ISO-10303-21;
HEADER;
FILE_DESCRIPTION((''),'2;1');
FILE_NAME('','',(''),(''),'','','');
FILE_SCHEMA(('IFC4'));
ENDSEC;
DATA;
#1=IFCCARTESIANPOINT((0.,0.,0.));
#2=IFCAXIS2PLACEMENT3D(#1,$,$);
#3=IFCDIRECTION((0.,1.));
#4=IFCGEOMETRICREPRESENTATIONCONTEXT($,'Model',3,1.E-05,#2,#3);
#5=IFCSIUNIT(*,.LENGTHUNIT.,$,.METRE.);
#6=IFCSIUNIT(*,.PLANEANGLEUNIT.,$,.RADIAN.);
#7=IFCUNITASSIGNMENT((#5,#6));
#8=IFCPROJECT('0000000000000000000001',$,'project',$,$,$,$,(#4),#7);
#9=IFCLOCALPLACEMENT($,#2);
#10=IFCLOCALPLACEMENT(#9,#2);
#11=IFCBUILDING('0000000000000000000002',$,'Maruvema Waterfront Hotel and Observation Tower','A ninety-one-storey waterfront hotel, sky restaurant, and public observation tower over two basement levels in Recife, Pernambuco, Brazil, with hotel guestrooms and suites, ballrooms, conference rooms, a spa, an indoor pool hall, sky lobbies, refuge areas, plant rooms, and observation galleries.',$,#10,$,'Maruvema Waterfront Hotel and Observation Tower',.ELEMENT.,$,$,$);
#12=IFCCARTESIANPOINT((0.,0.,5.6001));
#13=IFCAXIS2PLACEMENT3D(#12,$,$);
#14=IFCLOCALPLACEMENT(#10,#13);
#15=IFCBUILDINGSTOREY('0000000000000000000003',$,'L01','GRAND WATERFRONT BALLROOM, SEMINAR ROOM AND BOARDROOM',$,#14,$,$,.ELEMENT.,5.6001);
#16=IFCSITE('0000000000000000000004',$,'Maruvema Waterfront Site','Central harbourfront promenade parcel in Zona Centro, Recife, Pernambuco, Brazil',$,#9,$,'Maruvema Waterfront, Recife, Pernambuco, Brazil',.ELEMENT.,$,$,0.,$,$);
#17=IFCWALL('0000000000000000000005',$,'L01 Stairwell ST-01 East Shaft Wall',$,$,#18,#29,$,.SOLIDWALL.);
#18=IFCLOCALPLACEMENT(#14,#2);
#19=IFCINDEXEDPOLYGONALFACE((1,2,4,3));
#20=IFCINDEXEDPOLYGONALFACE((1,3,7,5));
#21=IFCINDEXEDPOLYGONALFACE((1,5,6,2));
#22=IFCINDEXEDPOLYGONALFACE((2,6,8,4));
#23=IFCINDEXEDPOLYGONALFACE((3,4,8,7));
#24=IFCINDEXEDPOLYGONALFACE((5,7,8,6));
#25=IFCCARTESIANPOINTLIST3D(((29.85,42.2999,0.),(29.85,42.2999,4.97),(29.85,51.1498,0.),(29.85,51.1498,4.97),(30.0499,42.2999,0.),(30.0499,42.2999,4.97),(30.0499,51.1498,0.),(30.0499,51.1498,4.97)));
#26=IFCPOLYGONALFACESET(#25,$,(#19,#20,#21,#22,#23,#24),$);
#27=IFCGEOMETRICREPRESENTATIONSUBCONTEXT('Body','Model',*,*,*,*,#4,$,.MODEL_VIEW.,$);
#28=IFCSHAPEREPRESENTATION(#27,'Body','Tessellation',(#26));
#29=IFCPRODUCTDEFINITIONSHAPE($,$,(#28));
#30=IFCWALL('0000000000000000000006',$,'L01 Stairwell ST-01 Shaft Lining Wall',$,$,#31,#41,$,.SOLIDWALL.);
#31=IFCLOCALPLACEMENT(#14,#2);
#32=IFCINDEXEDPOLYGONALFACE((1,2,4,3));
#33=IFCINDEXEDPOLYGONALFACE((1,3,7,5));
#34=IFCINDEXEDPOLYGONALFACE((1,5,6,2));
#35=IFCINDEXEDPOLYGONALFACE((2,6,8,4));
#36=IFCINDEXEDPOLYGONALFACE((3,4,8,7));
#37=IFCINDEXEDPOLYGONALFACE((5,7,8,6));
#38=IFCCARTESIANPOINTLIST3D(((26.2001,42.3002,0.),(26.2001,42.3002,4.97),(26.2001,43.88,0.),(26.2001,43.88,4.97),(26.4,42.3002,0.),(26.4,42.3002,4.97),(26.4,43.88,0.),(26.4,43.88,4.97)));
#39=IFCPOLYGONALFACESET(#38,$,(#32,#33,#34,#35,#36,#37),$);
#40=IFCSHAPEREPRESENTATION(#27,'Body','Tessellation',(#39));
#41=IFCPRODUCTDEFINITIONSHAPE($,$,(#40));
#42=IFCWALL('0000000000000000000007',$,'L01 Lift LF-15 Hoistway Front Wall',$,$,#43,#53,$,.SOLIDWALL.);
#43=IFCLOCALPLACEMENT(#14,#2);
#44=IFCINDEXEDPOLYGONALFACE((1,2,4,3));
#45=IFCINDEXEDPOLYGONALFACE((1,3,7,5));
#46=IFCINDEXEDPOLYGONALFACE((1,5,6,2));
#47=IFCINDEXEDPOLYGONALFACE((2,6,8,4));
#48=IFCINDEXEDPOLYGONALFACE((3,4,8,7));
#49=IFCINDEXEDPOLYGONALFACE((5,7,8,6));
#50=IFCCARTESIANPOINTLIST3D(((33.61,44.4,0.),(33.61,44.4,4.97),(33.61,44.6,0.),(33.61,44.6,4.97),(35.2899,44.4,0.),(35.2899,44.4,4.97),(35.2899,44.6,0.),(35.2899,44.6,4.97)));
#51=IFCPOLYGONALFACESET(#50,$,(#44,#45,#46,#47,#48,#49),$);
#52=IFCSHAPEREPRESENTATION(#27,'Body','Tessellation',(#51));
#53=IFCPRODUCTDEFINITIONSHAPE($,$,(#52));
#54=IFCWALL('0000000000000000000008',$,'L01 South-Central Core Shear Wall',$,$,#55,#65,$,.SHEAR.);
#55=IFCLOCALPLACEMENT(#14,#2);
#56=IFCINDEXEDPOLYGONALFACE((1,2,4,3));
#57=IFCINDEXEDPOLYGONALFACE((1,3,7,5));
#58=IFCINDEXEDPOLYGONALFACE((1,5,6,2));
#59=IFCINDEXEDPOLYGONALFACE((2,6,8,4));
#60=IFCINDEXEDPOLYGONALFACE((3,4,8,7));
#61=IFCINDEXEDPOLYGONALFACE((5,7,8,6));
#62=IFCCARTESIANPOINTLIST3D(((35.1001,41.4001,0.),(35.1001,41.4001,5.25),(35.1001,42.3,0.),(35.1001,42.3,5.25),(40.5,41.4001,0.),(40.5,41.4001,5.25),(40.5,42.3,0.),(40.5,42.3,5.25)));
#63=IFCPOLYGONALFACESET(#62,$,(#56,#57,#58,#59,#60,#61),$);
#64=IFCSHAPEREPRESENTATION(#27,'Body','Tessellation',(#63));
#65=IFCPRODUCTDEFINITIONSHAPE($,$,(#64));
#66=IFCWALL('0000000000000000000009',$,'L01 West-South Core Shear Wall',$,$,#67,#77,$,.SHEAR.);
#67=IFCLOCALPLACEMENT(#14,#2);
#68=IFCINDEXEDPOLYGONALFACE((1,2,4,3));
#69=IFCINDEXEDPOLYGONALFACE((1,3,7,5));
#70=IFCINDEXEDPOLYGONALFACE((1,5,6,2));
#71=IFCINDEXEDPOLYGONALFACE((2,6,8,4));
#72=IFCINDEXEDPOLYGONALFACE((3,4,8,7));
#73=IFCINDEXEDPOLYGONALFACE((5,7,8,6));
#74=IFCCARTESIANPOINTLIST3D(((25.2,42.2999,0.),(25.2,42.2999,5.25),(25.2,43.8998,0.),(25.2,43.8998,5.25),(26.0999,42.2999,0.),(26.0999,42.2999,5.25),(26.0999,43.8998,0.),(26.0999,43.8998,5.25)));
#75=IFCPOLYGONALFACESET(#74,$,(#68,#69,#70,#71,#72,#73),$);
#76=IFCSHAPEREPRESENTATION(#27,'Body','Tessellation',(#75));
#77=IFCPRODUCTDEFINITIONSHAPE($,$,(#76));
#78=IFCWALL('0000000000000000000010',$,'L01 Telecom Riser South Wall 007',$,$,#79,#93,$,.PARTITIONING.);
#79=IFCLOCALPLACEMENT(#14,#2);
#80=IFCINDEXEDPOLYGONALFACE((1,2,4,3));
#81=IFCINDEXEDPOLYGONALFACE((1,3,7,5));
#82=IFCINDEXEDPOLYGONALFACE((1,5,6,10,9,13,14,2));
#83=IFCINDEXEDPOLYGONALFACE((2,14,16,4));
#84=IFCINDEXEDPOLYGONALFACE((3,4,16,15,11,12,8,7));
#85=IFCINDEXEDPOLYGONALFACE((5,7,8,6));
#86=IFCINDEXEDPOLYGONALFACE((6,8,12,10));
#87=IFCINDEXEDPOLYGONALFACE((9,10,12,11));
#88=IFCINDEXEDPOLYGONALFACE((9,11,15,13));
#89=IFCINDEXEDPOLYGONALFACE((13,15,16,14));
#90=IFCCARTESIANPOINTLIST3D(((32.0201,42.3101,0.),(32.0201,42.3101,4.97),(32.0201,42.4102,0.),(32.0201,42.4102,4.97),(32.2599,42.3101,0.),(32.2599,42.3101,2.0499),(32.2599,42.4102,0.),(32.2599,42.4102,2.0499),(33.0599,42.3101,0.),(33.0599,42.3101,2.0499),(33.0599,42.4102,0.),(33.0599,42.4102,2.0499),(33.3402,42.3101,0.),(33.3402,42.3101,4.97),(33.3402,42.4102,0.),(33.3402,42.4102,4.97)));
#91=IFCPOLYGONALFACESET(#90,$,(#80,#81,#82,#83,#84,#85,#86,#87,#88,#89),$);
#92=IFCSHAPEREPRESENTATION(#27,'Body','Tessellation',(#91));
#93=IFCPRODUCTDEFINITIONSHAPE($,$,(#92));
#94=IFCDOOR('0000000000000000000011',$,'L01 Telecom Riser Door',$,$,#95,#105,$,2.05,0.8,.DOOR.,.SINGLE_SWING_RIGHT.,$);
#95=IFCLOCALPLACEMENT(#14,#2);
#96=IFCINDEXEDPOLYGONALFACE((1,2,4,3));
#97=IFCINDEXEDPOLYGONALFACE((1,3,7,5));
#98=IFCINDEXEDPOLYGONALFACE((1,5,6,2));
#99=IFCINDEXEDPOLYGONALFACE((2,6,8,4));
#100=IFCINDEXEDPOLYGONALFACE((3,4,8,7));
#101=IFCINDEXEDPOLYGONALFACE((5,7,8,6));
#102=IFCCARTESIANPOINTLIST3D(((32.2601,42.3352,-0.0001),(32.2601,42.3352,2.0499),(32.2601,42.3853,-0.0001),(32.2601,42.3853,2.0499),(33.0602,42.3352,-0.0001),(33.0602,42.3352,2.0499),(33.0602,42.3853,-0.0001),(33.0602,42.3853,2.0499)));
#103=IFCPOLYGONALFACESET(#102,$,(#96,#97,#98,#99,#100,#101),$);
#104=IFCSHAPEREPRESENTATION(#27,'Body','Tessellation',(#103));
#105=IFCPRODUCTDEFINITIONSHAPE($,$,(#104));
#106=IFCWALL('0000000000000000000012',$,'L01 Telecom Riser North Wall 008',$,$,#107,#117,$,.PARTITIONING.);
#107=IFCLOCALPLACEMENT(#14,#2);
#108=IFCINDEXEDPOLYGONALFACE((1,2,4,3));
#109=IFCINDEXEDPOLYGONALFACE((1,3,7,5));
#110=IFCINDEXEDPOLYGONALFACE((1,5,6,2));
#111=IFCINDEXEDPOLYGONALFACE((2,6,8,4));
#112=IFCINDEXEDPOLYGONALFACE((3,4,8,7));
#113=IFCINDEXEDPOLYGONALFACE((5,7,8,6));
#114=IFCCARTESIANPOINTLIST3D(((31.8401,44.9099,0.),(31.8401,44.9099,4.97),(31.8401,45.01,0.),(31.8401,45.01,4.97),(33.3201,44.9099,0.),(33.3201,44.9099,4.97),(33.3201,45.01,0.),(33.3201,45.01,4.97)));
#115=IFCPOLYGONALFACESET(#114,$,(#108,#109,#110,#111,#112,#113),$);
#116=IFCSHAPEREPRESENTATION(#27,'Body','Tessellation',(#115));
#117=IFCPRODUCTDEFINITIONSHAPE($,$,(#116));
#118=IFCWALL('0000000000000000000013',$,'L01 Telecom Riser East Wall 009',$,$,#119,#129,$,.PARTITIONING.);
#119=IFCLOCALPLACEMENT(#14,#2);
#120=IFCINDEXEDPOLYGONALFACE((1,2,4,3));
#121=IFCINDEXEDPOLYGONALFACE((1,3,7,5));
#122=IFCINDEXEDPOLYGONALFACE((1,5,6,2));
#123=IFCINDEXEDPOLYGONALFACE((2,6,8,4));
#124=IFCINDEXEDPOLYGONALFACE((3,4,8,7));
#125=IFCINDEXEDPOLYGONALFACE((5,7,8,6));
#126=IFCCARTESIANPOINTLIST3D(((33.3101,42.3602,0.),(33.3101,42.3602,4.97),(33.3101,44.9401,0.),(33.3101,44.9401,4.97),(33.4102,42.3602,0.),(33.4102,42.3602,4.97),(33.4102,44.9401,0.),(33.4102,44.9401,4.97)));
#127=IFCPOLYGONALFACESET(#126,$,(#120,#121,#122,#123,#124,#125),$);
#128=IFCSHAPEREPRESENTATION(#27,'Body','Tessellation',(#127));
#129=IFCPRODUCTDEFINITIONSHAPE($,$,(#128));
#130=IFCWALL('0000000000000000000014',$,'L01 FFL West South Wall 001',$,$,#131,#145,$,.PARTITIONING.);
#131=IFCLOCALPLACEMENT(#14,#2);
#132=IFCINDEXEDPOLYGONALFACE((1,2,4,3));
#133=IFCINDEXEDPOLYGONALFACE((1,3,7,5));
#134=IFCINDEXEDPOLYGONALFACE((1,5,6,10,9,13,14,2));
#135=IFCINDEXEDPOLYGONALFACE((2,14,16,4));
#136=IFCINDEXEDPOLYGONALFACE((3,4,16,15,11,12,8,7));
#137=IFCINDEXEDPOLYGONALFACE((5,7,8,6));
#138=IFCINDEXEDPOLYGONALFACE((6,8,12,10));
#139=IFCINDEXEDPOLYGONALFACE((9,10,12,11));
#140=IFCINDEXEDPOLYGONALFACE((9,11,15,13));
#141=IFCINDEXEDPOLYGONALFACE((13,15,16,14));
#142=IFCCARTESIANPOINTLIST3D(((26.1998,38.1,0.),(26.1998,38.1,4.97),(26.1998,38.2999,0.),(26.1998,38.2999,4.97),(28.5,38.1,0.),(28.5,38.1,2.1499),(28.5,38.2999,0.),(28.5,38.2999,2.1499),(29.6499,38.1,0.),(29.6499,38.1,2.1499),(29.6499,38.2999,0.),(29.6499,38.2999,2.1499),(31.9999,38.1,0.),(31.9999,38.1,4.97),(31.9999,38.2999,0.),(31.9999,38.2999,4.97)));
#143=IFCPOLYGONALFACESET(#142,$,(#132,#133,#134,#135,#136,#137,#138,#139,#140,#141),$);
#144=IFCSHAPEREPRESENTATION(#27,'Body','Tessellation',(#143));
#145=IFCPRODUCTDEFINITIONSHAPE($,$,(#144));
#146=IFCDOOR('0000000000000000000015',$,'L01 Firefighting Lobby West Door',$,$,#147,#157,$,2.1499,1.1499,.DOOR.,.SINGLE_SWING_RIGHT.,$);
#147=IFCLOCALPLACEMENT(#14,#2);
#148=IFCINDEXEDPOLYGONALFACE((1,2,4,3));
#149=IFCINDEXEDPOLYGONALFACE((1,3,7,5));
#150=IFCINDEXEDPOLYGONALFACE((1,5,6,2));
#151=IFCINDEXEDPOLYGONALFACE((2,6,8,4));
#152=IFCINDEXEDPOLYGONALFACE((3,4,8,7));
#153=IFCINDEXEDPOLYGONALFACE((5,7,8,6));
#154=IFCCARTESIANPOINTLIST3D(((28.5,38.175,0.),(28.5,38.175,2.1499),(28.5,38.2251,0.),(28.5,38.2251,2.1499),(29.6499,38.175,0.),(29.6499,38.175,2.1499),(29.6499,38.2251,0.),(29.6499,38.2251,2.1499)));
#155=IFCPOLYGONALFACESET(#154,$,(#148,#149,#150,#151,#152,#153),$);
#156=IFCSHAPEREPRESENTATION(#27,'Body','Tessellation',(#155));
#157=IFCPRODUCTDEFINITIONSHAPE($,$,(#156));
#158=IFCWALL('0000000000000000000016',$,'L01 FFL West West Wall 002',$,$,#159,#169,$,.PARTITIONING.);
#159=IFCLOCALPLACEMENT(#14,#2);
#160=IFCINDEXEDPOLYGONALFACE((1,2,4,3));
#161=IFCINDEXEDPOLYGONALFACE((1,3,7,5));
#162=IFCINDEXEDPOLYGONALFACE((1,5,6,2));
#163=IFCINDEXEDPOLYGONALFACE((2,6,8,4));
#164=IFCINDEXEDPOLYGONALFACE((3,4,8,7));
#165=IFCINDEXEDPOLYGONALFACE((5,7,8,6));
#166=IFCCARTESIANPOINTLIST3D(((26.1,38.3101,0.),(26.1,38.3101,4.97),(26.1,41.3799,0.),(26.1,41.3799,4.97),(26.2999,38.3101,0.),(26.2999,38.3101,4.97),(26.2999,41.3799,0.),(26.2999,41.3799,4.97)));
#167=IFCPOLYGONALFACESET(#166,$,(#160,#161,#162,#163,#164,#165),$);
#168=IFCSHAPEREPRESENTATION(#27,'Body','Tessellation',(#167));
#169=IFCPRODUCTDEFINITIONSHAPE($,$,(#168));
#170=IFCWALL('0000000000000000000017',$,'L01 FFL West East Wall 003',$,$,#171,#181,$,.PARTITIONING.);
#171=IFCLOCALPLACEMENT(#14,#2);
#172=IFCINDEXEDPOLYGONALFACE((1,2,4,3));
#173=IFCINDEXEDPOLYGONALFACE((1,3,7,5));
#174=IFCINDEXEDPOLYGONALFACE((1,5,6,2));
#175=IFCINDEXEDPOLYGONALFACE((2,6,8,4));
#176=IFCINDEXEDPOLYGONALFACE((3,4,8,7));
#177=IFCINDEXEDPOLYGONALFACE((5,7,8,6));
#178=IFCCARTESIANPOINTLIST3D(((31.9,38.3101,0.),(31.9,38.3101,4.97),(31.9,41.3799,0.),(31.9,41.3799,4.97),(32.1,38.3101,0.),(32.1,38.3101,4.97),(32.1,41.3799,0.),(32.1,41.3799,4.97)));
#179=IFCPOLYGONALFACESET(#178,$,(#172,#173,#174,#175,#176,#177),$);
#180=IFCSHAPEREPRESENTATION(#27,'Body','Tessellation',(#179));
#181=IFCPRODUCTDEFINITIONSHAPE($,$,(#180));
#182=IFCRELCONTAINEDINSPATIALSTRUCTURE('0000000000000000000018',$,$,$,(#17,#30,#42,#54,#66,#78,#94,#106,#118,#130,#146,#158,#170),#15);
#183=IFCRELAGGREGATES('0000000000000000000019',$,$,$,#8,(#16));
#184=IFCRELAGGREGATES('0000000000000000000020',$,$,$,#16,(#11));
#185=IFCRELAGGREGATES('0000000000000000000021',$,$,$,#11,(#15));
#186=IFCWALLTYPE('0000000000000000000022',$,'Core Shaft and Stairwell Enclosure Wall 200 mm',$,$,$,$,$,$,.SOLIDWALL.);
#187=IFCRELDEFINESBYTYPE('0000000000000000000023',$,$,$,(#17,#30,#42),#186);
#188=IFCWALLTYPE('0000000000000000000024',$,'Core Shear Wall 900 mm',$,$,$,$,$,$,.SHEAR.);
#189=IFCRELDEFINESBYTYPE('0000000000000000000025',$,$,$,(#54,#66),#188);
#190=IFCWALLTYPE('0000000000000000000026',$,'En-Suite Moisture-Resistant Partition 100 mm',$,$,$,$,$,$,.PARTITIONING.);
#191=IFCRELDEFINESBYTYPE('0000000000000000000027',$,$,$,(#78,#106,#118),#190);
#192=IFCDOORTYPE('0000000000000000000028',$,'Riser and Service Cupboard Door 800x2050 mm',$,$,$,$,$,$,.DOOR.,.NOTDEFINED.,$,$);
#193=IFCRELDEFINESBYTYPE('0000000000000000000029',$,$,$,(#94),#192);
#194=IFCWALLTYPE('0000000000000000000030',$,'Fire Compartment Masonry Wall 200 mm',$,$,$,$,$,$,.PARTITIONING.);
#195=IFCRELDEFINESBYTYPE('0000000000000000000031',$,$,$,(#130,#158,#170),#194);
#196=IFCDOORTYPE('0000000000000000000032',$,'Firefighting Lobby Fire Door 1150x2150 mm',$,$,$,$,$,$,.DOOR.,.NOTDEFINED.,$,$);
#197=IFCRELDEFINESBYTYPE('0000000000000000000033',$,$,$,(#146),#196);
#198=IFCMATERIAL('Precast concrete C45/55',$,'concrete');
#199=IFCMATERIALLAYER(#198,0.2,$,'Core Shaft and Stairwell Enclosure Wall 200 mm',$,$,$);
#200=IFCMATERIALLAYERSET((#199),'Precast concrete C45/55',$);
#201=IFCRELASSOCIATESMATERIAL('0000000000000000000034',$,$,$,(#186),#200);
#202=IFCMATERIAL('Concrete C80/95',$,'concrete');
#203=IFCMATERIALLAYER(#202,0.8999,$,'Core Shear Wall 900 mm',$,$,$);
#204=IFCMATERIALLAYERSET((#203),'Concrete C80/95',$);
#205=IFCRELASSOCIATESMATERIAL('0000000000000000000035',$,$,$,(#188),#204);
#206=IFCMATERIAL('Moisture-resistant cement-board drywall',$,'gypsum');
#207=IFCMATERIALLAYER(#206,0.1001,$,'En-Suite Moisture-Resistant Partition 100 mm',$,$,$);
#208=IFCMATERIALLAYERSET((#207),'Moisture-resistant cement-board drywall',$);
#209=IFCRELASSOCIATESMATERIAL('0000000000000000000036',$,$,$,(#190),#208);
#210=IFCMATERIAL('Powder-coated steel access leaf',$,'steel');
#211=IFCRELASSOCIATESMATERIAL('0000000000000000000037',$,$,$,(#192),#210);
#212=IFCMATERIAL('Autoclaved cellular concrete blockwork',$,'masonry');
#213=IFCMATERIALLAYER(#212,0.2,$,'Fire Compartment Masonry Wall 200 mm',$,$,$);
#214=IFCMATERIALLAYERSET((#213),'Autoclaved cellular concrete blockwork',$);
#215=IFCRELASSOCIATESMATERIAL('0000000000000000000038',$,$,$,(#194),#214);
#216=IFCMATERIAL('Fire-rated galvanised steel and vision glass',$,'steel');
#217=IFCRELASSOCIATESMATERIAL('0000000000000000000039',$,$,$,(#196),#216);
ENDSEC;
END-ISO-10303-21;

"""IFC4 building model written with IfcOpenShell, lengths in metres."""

from ifc_helpers import new_model, si_unit, direction, frame, frame_2d, origin, place, context, subcontext, project, spatial, rectangle, extrude, material, layer, layer_set, type_object, element, fill, save


model = new_model("IFC4")

# Units and contexts
model_context = context("Model", 3, precision=1e-05, world=origin(), true_north=direction((0.0, 1.0)))
body_context = subcontext(model_context, "Body", "Model", "MODEL_VIEW")
ifc_project = project(units=[si_unit("LENGTHUNIT", "METRE"), si_unit("PLANEANGLEUNIT", "RADIAN")], contexts=[model_context])

# Site, building, storey
site_placement = place(None, origin())
site = spatial("IfcSite", under=ifc_project, at=site_placement, Name="Maruvema Waterfront Site", Description="Central harbourfront promenade parcel in Zona Centro, Recife, Pernambuco, Brazil", LongName="Maruvema Waterfront, Recife, Pernambuco, Brazil", CompositionType="ELEMENT", RefElevation=0.0)
building_placement = place(site_placement, origin())
building = spatial("IfcBuilding", under=site, at=building_placement, Name="Maruvema Waterfront Hotel and Observation Tower", Description="A ninety-one-storey waterfront hotel, sky restaurant, and public observation tower over two basement levels in Recife, Pernambuco, Brazil, with hotel guestrooms and suites, ballrooms, conference rooms, a spa, an indoor pool hall, sky lobbies, refuge areas, plant rooms, and observation galleries.", LongName="Maruvema Waterfront Hotel and Observation Tower", CompositionType="ELEMENT")
storey_placement = place(building_placement, frame((0.0, 0.0, 5.6001)))
storey = spatial("IfcBuildingStorey", under=building, at=storey_placement, Name="L01", Description="GRAND WATERFRONT BALLROOM, SEMINAR ROOM AND BOARDROOM", CompositionType="ELEMENT", Elevation=5.6001)

# Walls
ifc_material_1 = material(Name="Precast concrete C45/55", Category="concrete")
ifc_layer_1 = layer(ifc_material_1, 0.2, Name="Core Shaft and Stairwell Enclosure Wall 200 mm")
ifc_layer_set_1 = layer_set([ifc_layer_1], Name="Precast concrete C45/55")
wall_type_1 = type_object("IfcWallType", Name="Core Shaft and Stairwell Enclosure Wall 200 mm", PredefinedType="SOLIDWALL", material=ifc_layer_set_1)
wall_1_placement = place(storey_placement, frame((29.95, 42.3, 0.0), z_axis=(0.0, 0.0, 1.0), x_axis=(0.0, 1.0, 0.0)))
element("IfcWall", 1, at=wall_1_placement, inside=storey, type_object=wall_type_1, Name="L01 Stairwell ST-01 East Shaft Wall", PredefinedType="SOLIDWALL", context=body_context, shape_type="SweptSolid", body=[
    extrude(rectangle(XDim=8.8499, YDim=0.2, at=frame_2d((4.4248, 0.0))), origin(), (0.0, 0.0, 1.0), 4.97),
])
wall_2_placement = place(storey_placement, frame((26.3, 42.3, 0.0), z_axis=(0.0, 0.0, 1.0), x_axis=(0.0, 1.0, 0.0)))
element("IfcWall", 2, at=wall_2_placement, inside=storey, type_object=wall_type_1, Name="L01 Stairwell ST-01 Shaft Lining Wall", PredefinedType="SOLIDWALL", context=body_context, shape_type="SweptSolid", body=[
    extrude(rectangle(XDim=1.5798, YDim=0.2, at=frame_2d((0.79, 0.0))), origin(), (0.0, 0.0, 1.0), 4.97),
])
wall_3_placement = place(storey_placement, frame((33.6101, 44.5, 0.0), z_axis=(0.0, 0.0, 1.0), x_axis=(1.0, 0.0, 0.0)))
element("IfcWall", 3, at=wall_3_placement, inside=storey, type_object=wall_type_1, Name="L01 Lift LF-15 Hoistway Front Wall", PredefinedType="SOLIDWALL", context=body_context, shape_type="SweptSolid", body=[
    extrude(rectangle(XDim=1.6799, YDim=0.2, at=frame_2d((0.8398, 0.0))), origin(), (0.0, 0.0, 1.0), 4.97),
])

# Shared definitions
ifc_material_2 = material(Name="Concrete C80/95", Category="concrete")
ifc_layer_2 = layer(ifc_material_2, 0.8999, Name="Core Shear Wall 900 mm")
ifc_layer_set_2 = layer_set([ifc_layer_2], Name="Concrete C80/95")
wall_type_2 = type_object("IfcWallType", Name="Core Shear Wall 900 mm", PredefinedType="SHEAR", material=ifc_layer_set_2)

# Walls
wall_4_placement = place(storey_placement, frame((35.1001, 41.8501, 0.0), z_axis=(0.0, 0.0, 1.0), x_axis=(1.0, 0.0, 0.0)))
element("IfcWall", 4, at=wall_4_placement, inside=storey, type_object=wall_type_2, Name="L01 South-Central Core Shear Wall", PredefinedType="SHEAR", context=body_context, shape_type="SweptSolid", body=[
    extrude(rectangle(XDim=5.3999, YDim=0.8999, at=frame_2d((2.7, 0.0))), origin(), (0.0, 0.0, 1.0), 5.25),
])
wall_5_placement = place(storey_placement, frame((25.6499, 42.3, 0.0), z_axis=(0.0, 0.0, 1.0), x_axis=(0.0, 1.0, 0.0)))
element("IfcWall", 5, at=wall_5_placement, inside=storey, type_object=wall_type_2, Name="L01 West-South Core Shear Wall", PredefinedType="SHEAR", context=body_context, shape_type="SweptSolid", body=[
    extrude(rectangle(XDim=1.5999, YDim=0.8999, at=frame_2d((0.7998, 0.0))), origin(), (0.0, 0.0, 1.0), 5.25),
])

# Wall, opening, door
ifc_material_3 = material(Name="Moisture-resistant cement-board drywall", Category="gypsum")
ifc_layer_3 = layer(ifc_material_3, 0.1001, Name="En-Suite Moisture-Resistant Partition 100 mm")
ifc_layer_set_3 = layer_set([ifc_layer_3], Name="Moisture-resistant cement-board drywall")
wall_type_3 = type_object("IfcWallType", Name="En-Suite Moisture-Resistant Partition 100 mm", PredefinedType="PARTITIONING", material=ifc_layer_set_3)
wall_6_placement = place(storey_placement, frame((32.02, 42.3601, 0.0), z_axis=(0.0, 0.0, 1.0), x_axis=(1.0, 0.0, 0.0)))
wall_6 = element("IfcWall", 6, at=wall_6_placement, inside=storey, type_object=wall_type_3, Name="L01 Telecom Riser South Wall 007", PredefinedType="PARTITIONING", context=body_context, shape_type="SweptSolid", body=[
    extrude(rectangle(XDim=1.3201, YDim=0.1001, at=frame_2d((0.6602, 0.0))), origin(), (0.0, 0.0, 1.0), 4.97),
])
opening_1_placement = place(wall_6_placement, frame((0.24, 0.0, 0.0)))
opening_1 = element("IfcOpeningElement", 7, at=opening_1_placement, cuts=wall_6, PredefinedType="OPENING", context=body_context, shape_type="SweptSolid", body=[
    extrude(rectangle(XDim=0.8, YDim=2.05, at=frame_2d((0.3999, 1.0249))), frame((0.0, 0.0601, 0.0), z_axis=(0.0, -1.0, 0.0), x_axis=(1.0, 0.0, 0.0)), (0.0, 0.0, 1.0), 0.1201),
])
ifc_material_4 = material(Name="Powder-coated steel access leaf", Category="steel")
door_type_1 = type_object("IfcDoorType", Name="Riser and Service Cupboard Door 800x2050 mm", OperationType="NOTDEFINED", PredefinedType="DOOR", material=ifc_material_4)
door_1_placement = place(opening_1_placement, frame((0.8, 0.0, 0.0), z_axis=(0.0, 0.0, 1.0), x_axis=(-1.0, 0.0, 0.0)))
door_1 = element("IfcDoor", 8, at=door_1_placement, inside=storey, type_object=door_type_1, Name="L01 Telecom Riser Door", OperationType="SINGLE_SWING_RIGHT", OverallHeight=2.05, OverallWidth=0.8, PredefinedType="DOOR", context=body_context, shape_type="SweptSolid", body=[
    extrude(rectangle(XDim=0.8, YDim=2.05, at=frame_2d((0.3999, 1.0249))), frame((0.0, 0.0249, 0.0), z_axis=(0.0, -1.0, 0.0), x_axis=(1.0, 0.0, 0.0)), (0.0, 0.0, 1.0), 0.05),
])
fill(opening_1, door_1)

# Walls
wall_7_placement = place(storey_placement, frame((31.8401, 44.96, 0.0), z_axis=(0.0, 0.0, 1.0), x_axis=(1.0, 0.0, 0.0)))
element("IfcWall", 9, at=wall_7_placement, inside=storey, type_object=wall_type_3, Name="L01 Telecom Riser North Wall 008", PredefinedType="PARTITIONING", context=body_context, shape_type="SweptSolid", body=[
    extrude(rectangle(XDim=1.48, YDim=0.1001, at=frame_2d((0.74, 0.0))), origin(), (0.0, 0.0, 1.0), 4.97),
])
wall_8_placement = place(storey_placement, frame((33.3601, 42.3601, 0.0), z_axis=(0.0, 0.0, 1.0), x_axis=(0.0, 1.0, 0.0)))
element("IfcWall", 10, at=wall_8_placement, inside=storey, type_object=wall_type_3, Name="L01 Telecom Riser East Wall 009", PredefinedType="PARTITIONING", context=body_context, shape_type="SweptSolid", body=[
    extrude(rectangle(XDim=2.5798, YDim=0.1001, at=frame_2d((1.29, 0.0))), origin(), (0.0, 0.0, 1.0), 4.97),
])

# Wall, opening, door
ifc_material_5 = material(Name="Autoclaved cellular concrete blockwork", Category="masonry")
ifc_layer_4 = layer(ifc_material_5, 0.2, Name="Fire Compartment Masonry Wall 200 mm")
ifc_layer_set_4 = layer_set([ifc_layer_4], Name="Autoclaved cellular concrete blockwork")
wall_type_4 = type_object("IfcWallType", Name="Fire Compartment Masonry Wall 200 mm", PredefinedType="PARTITIONING", material=ifc_layer_set_4)
wall_9_placement = place(storey_placement, frame((26.2, 38.2, 0.0), z_axis=(0.0, 0.0, 1.0), x_axis=(1.0, 0.0, 0.0)))
wall_9 = element("IfcWall", 11, at=wall_9_placement, inside=storey, type_object=wall_type_4, Name="L01 FFL West South Wall 001", PredefinedType="PARTITIONING", context=body_context, shape_type="SweptSolid", body=[
    extrude(rectangle(XDim=5.8, YDim=0.2, at=frame_2d((2.8999, 0.0))), origin(), (0.0, 0.0, 1.0), 4.97),
])
opening_2_placement = place(wall_9_placement, frame((2.3, 0.0, 0.0)))
opening_2 = element("IfcOpeningElement", 12, at=opening_2_placement, cuts=wall_9, PredefinedType="OPENING", context=body_context, shape_type="SweptSolid", body=[
    extrude(rectangle(XDim=1.1499, YDim=2.1499, at=frame_2d((0.575, 1.075))), frame((0.0, 0.1099, 0.0), z_axis=(0.0, -1.0, 0.0), x_axis=(1.0, 0.0, 0.0)), (0.0, 0.0, 1.0), 0.22),
])
ifc_material_6 = material(Name="Fire-rated galvanised steel and vision glass", Category="steel")
door_type_2 = type_object("IfcDoorType", Name="Firefighting Lobby Fire Door 1150x2150 mm", OperationType="NOTDEFINED", PredefinedType="DOOR", material=ifc_material_6)
door_2_placement = place(opening_2_placement, frame((1.1499, 0.0, 0.0), z_axis=(0.0, 0.0, 1.0), x_axis=(-1.0, 0.0, 0.0)))
door_2 = element("IfcDoor", 13, at=door_2_placement, inside=storey, type_object=door_type_2, Name="L01 Firefighting Lobby West Door", OperationType="SINGLE_SWING_RIGHT", OverallHeight=2.1499, OverallWidth=1.1499, PredefinedType="DOOR", context=body_context, shape_type="SweptSolid", body=[
    extrude(rectangle(XDim=1.1499, YDim=2.1499, at=frame_2d((0.575, 1.075))), frame((0.0, 0.0249, 0.0), z_axis=(0.0, -1.0, 0.0), x_axis=(1.0, 0.0, 0.0)), (0.0, 0.0, 1.0), 0.05),
])
fill(opening_2, door_2)

# Walls
for number, where, z_axis, x_axis, name in (
    (14, (26.2, 38.3101, 0.0), (0.0, 0.0, 1.0), (0.0, 1.0, 0.0), "L01 FFL West West Wall 002"),
    (15, (32.0, 38.3101, 0.0), (0.0, 0.0, 1.0), (0.0, 1.0, 0.0), "L01 FFL West East Wall 003"),
):
    element("IfcWall", number, at=place(storey_placement, frame(where, z_axis=z_axis, x_axis=x_axis)), inside=storey, type_object=wall_type_4, Name=name, PredefinedType="PARTITIONING", context=body_context, shape_type="SweptSolid", body=[
        extrude(rectangle(XDim=3.0698, YDim=0.2, at=frame_2d((1.5349, 0.0))), origin(), (0.0, 0.0, 1.0), 4.97),
    ])

save(model, "model.ifc")
